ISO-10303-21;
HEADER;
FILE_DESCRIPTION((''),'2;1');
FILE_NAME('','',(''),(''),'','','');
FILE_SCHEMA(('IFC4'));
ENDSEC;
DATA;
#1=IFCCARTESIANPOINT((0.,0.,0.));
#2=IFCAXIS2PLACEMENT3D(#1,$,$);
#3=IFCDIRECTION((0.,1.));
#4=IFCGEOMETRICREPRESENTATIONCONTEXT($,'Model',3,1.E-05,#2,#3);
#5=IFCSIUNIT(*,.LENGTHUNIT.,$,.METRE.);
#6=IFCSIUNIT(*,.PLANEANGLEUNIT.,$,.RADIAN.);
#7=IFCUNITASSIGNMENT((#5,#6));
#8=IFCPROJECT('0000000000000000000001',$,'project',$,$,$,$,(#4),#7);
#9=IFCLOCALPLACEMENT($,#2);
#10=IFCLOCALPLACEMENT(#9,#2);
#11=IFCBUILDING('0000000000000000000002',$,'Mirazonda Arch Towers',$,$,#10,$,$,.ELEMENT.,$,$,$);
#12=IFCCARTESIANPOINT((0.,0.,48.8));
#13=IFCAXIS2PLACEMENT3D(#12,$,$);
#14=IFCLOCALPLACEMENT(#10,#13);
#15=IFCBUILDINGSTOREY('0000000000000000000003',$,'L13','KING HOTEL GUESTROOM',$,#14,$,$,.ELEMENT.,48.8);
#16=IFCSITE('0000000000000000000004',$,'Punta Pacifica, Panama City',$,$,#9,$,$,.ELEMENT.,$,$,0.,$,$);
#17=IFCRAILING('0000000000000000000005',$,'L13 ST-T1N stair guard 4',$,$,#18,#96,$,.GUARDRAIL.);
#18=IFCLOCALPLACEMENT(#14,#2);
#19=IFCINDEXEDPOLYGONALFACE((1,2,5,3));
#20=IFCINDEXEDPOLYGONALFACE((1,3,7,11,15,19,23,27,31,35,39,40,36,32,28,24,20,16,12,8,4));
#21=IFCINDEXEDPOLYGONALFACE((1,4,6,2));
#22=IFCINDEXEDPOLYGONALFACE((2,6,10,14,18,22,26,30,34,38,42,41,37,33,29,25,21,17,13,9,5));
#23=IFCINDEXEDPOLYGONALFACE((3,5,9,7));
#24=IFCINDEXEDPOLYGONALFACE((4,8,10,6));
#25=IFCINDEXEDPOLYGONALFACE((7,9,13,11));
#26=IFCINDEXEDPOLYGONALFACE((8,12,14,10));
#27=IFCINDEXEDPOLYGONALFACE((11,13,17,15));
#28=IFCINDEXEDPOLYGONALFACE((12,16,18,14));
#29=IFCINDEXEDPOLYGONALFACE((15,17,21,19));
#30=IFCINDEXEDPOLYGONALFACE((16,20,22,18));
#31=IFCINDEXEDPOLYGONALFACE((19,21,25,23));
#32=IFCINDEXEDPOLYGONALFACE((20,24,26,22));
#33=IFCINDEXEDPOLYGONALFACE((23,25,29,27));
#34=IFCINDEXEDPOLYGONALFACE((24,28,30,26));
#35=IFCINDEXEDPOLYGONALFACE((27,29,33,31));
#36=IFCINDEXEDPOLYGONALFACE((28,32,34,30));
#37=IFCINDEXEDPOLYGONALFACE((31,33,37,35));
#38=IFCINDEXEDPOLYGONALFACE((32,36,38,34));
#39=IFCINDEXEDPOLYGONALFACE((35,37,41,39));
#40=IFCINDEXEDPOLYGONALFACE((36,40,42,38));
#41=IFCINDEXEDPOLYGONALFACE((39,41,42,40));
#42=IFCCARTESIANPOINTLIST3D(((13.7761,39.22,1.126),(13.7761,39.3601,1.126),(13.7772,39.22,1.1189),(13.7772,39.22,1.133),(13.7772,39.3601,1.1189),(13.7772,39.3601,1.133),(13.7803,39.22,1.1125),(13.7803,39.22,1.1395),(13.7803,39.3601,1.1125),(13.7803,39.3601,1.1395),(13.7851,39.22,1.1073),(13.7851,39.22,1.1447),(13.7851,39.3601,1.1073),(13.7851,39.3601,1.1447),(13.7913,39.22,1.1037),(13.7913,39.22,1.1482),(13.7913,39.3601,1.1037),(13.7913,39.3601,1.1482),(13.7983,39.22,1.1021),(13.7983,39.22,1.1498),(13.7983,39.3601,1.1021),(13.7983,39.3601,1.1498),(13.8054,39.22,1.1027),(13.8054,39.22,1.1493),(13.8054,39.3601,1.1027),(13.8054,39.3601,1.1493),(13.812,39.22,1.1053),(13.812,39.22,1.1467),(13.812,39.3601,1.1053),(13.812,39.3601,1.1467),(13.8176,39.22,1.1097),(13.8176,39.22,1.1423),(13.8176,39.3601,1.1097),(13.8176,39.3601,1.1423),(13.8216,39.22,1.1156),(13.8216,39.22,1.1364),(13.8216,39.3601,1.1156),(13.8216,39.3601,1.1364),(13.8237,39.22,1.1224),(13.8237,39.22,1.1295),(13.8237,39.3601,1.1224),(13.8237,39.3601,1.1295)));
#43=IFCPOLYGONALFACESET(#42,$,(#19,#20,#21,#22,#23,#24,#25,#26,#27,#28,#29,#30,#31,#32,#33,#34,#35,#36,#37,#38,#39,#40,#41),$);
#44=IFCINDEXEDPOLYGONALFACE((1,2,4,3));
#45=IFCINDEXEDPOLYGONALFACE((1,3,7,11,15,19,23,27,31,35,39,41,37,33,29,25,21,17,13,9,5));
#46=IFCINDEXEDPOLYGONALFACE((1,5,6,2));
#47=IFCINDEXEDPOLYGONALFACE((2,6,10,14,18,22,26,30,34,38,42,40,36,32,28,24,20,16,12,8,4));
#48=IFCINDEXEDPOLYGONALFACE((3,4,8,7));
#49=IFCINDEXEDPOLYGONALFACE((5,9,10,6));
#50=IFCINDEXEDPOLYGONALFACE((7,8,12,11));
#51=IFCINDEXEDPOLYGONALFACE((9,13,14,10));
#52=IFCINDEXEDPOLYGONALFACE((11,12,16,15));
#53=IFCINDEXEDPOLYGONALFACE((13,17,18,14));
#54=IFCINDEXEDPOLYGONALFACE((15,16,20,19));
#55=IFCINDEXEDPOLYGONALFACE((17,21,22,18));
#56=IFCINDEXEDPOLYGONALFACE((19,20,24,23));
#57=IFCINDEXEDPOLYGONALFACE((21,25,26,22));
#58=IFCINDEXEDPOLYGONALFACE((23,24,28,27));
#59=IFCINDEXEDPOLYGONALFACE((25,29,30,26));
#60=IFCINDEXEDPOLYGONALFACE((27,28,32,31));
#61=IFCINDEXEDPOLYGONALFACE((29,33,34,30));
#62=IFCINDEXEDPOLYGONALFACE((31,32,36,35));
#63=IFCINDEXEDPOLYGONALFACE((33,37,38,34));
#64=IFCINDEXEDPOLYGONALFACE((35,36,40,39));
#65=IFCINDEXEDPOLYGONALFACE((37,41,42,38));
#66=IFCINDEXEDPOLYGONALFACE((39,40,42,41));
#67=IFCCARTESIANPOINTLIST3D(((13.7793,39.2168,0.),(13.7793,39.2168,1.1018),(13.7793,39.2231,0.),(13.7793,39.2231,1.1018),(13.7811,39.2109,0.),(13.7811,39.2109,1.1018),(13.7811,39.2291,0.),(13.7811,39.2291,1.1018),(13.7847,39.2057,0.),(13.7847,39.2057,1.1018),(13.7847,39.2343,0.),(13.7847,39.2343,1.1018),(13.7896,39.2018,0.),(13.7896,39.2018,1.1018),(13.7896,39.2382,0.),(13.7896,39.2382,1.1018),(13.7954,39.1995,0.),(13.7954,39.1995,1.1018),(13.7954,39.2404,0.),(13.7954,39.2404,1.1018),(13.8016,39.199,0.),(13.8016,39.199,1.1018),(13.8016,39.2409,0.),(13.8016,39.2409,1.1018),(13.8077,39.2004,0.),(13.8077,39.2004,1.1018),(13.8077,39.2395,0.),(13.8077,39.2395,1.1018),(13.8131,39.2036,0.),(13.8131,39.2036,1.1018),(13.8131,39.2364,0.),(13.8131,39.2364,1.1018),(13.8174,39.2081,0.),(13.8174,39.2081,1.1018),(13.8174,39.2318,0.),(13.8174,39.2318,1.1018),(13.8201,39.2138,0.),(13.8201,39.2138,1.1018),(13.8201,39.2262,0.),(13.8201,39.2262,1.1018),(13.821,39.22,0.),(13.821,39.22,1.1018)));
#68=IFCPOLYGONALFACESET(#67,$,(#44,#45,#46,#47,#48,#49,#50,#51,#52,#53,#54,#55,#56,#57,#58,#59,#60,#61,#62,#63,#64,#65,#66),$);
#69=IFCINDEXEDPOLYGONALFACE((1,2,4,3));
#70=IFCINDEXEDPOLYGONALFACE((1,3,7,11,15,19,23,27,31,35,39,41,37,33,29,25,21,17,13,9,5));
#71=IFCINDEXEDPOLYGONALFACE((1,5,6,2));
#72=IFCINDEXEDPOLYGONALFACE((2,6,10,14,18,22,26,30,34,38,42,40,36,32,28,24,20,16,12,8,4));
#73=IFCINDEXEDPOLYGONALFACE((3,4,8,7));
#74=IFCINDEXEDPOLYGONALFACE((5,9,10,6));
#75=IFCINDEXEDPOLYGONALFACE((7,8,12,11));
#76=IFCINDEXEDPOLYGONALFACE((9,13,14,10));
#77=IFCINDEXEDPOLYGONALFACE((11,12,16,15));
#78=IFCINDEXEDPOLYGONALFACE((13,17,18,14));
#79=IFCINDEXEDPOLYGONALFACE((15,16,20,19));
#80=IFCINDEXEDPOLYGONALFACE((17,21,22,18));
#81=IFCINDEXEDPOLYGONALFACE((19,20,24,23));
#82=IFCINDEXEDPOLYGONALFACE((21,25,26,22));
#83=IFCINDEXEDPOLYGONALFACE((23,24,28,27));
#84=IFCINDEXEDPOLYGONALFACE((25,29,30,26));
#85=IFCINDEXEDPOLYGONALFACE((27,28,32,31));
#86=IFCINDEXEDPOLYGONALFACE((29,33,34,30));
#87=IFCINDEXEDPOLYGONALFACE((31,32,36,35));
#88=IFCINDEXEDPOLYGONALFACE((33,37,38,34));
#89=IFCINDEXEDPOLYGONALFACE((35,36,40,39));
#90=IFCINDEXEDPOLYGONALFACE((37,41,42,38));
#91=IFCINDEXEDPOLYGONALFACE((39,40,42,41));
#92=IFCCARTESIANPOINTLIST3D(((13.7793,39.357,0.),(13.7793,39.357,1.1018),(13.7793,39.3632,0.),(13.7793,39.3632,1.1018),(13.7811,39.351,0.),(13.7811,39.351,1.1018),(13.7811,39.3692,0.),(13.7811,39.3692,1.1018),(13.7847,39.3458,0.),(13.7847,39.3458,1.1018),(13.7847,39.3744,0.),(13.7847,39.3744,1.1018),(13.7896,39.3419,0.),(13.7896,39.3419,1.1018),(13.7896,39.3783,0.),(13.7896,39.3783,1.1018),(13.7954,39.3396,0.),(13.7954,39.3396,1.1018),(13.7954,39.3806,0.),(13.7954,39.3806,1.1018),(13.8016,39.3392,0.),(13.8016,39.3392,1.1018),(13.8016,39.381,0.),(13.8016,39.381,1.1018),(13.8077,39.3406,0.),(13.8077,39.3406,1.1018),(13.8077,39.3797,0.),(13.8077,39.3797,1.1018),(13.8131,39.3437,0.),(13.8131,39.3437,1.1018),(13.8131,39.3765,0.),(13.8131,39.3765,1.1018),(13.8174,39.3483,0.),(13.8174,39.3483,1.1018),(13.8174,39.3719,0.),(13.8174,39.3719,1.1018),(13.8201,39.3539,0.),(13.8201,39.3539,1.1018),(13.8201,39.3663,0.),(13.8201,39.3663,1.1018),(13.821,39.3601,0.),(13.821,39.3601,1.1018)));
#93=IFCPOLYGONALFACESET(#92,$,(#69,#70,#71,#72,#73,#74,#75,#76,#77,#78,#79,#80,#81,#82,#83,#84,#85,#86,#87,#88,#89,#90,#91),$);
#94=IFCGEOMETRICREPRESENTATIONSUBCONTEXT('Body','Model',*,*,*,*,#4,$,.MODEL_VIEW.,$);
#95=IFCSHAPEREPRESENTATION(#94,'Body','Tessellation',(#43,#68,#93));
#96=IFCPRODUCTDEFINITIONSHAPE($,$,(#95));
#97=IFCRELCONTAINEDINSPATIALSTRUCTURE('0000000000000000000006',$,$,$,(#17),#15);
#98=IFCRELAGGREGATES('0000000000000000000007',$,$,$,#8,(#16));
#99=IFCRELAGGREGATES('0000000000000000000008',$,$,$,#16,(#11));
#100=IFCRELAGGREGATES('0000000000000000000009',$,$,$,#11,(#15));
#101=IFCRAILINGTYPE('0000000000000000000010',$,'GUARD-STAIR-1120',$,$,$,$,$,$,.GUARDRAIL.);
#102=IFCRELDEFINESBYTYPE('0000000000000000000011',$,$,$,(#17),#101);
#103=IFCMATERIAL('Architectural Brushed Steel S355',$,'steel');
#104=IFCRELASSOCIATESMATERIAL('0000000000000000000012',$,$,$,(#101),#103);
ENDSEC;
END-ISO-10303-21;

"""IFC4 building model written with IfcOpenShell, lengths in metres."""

from ifc_helpers import new_model, si_unit, direction, frame, origin, origin_2d, place, context, subcontext, project, spatial, circle, extrude, material, type_object, element, save


model = new_model("IFC4")

# Units and contexts
model_context = context("Model", 3, precision=1e-05, world=origin(), true_north=direction((0.0, 1.0)))
body_context = subcontext(model_context, "Body", "Model", "MODEL_VIEW")
ifc_project = project(units=[si_unit("LENGTHUNIT", "METRE"), si_unit("PLANEANGLEUNIT", "RADIAN")], contexts=[model_context])

# Site, building, storey
site_placement = place(None, origin())
site = spatial("IfcSite", under=ifc_project, at=site_placement, Name="Punta Pacifica, Panama City", CompositionType="ELEMENT", RefElevation=0.0)
building_placement = place(site_placement, origin())
building = spatial("IfcBuilding", under=site, at=building_placement, Name="Mirazonda Arch Towers", CompositionType="ELEMENT")
storey_placement = place(building_placement, frame((0.0, 0.0, 48.8)))
storey = spatial("IfcBuildingStorey", under=building, at=storey_placement, Name="L13", Description="KING HOTEL GUESTROOM", CompositionType="ELEMENT", Elevation=48.8)

# Shared definitions
ifc_material_1 = material(Name="Architectural Brushed Steel S355", Category="steel")

# Railing
railing_type_1 = type_object("IfcRailingType", Name="GUARD-STAIR-1120", PredefinedType="GUARDRAIL", material=ifc_material_1)
railing_1_placement = place(storey_placement, frame((13.8, 39.22, 0.0)))
element("IfcRailing", 1, at=railing_1_placement, inside=storey, type_object=railing_type_1, Name="L13 ST-T1N stair guard 4", PredefinedType="GUARDRAIL", context=body_context, shape_type="SweptSolid", body=[
    extrude(circle(Radius=0.0239, at=origin_2d()), frame((0.0, 0.0, 1.126), z_axis=(0.0, 1.0, 0.0), x_axis=(-1.0, 0.0, 0.0)), (0.0, 0.0, 1.0), 0.1401),
    extrude(circle(Radius=0.021, at=origin_2d()), origin(), (0.0, 0.0, 1.0), 1.1018),
    extrude(circle(Radius=0.021, at=origin_2d()), frame((0.0, 0.1401, 0.0)), (0.0, 0.0, 1.0), 1.1018),
])

save(model, "model.ifc")
